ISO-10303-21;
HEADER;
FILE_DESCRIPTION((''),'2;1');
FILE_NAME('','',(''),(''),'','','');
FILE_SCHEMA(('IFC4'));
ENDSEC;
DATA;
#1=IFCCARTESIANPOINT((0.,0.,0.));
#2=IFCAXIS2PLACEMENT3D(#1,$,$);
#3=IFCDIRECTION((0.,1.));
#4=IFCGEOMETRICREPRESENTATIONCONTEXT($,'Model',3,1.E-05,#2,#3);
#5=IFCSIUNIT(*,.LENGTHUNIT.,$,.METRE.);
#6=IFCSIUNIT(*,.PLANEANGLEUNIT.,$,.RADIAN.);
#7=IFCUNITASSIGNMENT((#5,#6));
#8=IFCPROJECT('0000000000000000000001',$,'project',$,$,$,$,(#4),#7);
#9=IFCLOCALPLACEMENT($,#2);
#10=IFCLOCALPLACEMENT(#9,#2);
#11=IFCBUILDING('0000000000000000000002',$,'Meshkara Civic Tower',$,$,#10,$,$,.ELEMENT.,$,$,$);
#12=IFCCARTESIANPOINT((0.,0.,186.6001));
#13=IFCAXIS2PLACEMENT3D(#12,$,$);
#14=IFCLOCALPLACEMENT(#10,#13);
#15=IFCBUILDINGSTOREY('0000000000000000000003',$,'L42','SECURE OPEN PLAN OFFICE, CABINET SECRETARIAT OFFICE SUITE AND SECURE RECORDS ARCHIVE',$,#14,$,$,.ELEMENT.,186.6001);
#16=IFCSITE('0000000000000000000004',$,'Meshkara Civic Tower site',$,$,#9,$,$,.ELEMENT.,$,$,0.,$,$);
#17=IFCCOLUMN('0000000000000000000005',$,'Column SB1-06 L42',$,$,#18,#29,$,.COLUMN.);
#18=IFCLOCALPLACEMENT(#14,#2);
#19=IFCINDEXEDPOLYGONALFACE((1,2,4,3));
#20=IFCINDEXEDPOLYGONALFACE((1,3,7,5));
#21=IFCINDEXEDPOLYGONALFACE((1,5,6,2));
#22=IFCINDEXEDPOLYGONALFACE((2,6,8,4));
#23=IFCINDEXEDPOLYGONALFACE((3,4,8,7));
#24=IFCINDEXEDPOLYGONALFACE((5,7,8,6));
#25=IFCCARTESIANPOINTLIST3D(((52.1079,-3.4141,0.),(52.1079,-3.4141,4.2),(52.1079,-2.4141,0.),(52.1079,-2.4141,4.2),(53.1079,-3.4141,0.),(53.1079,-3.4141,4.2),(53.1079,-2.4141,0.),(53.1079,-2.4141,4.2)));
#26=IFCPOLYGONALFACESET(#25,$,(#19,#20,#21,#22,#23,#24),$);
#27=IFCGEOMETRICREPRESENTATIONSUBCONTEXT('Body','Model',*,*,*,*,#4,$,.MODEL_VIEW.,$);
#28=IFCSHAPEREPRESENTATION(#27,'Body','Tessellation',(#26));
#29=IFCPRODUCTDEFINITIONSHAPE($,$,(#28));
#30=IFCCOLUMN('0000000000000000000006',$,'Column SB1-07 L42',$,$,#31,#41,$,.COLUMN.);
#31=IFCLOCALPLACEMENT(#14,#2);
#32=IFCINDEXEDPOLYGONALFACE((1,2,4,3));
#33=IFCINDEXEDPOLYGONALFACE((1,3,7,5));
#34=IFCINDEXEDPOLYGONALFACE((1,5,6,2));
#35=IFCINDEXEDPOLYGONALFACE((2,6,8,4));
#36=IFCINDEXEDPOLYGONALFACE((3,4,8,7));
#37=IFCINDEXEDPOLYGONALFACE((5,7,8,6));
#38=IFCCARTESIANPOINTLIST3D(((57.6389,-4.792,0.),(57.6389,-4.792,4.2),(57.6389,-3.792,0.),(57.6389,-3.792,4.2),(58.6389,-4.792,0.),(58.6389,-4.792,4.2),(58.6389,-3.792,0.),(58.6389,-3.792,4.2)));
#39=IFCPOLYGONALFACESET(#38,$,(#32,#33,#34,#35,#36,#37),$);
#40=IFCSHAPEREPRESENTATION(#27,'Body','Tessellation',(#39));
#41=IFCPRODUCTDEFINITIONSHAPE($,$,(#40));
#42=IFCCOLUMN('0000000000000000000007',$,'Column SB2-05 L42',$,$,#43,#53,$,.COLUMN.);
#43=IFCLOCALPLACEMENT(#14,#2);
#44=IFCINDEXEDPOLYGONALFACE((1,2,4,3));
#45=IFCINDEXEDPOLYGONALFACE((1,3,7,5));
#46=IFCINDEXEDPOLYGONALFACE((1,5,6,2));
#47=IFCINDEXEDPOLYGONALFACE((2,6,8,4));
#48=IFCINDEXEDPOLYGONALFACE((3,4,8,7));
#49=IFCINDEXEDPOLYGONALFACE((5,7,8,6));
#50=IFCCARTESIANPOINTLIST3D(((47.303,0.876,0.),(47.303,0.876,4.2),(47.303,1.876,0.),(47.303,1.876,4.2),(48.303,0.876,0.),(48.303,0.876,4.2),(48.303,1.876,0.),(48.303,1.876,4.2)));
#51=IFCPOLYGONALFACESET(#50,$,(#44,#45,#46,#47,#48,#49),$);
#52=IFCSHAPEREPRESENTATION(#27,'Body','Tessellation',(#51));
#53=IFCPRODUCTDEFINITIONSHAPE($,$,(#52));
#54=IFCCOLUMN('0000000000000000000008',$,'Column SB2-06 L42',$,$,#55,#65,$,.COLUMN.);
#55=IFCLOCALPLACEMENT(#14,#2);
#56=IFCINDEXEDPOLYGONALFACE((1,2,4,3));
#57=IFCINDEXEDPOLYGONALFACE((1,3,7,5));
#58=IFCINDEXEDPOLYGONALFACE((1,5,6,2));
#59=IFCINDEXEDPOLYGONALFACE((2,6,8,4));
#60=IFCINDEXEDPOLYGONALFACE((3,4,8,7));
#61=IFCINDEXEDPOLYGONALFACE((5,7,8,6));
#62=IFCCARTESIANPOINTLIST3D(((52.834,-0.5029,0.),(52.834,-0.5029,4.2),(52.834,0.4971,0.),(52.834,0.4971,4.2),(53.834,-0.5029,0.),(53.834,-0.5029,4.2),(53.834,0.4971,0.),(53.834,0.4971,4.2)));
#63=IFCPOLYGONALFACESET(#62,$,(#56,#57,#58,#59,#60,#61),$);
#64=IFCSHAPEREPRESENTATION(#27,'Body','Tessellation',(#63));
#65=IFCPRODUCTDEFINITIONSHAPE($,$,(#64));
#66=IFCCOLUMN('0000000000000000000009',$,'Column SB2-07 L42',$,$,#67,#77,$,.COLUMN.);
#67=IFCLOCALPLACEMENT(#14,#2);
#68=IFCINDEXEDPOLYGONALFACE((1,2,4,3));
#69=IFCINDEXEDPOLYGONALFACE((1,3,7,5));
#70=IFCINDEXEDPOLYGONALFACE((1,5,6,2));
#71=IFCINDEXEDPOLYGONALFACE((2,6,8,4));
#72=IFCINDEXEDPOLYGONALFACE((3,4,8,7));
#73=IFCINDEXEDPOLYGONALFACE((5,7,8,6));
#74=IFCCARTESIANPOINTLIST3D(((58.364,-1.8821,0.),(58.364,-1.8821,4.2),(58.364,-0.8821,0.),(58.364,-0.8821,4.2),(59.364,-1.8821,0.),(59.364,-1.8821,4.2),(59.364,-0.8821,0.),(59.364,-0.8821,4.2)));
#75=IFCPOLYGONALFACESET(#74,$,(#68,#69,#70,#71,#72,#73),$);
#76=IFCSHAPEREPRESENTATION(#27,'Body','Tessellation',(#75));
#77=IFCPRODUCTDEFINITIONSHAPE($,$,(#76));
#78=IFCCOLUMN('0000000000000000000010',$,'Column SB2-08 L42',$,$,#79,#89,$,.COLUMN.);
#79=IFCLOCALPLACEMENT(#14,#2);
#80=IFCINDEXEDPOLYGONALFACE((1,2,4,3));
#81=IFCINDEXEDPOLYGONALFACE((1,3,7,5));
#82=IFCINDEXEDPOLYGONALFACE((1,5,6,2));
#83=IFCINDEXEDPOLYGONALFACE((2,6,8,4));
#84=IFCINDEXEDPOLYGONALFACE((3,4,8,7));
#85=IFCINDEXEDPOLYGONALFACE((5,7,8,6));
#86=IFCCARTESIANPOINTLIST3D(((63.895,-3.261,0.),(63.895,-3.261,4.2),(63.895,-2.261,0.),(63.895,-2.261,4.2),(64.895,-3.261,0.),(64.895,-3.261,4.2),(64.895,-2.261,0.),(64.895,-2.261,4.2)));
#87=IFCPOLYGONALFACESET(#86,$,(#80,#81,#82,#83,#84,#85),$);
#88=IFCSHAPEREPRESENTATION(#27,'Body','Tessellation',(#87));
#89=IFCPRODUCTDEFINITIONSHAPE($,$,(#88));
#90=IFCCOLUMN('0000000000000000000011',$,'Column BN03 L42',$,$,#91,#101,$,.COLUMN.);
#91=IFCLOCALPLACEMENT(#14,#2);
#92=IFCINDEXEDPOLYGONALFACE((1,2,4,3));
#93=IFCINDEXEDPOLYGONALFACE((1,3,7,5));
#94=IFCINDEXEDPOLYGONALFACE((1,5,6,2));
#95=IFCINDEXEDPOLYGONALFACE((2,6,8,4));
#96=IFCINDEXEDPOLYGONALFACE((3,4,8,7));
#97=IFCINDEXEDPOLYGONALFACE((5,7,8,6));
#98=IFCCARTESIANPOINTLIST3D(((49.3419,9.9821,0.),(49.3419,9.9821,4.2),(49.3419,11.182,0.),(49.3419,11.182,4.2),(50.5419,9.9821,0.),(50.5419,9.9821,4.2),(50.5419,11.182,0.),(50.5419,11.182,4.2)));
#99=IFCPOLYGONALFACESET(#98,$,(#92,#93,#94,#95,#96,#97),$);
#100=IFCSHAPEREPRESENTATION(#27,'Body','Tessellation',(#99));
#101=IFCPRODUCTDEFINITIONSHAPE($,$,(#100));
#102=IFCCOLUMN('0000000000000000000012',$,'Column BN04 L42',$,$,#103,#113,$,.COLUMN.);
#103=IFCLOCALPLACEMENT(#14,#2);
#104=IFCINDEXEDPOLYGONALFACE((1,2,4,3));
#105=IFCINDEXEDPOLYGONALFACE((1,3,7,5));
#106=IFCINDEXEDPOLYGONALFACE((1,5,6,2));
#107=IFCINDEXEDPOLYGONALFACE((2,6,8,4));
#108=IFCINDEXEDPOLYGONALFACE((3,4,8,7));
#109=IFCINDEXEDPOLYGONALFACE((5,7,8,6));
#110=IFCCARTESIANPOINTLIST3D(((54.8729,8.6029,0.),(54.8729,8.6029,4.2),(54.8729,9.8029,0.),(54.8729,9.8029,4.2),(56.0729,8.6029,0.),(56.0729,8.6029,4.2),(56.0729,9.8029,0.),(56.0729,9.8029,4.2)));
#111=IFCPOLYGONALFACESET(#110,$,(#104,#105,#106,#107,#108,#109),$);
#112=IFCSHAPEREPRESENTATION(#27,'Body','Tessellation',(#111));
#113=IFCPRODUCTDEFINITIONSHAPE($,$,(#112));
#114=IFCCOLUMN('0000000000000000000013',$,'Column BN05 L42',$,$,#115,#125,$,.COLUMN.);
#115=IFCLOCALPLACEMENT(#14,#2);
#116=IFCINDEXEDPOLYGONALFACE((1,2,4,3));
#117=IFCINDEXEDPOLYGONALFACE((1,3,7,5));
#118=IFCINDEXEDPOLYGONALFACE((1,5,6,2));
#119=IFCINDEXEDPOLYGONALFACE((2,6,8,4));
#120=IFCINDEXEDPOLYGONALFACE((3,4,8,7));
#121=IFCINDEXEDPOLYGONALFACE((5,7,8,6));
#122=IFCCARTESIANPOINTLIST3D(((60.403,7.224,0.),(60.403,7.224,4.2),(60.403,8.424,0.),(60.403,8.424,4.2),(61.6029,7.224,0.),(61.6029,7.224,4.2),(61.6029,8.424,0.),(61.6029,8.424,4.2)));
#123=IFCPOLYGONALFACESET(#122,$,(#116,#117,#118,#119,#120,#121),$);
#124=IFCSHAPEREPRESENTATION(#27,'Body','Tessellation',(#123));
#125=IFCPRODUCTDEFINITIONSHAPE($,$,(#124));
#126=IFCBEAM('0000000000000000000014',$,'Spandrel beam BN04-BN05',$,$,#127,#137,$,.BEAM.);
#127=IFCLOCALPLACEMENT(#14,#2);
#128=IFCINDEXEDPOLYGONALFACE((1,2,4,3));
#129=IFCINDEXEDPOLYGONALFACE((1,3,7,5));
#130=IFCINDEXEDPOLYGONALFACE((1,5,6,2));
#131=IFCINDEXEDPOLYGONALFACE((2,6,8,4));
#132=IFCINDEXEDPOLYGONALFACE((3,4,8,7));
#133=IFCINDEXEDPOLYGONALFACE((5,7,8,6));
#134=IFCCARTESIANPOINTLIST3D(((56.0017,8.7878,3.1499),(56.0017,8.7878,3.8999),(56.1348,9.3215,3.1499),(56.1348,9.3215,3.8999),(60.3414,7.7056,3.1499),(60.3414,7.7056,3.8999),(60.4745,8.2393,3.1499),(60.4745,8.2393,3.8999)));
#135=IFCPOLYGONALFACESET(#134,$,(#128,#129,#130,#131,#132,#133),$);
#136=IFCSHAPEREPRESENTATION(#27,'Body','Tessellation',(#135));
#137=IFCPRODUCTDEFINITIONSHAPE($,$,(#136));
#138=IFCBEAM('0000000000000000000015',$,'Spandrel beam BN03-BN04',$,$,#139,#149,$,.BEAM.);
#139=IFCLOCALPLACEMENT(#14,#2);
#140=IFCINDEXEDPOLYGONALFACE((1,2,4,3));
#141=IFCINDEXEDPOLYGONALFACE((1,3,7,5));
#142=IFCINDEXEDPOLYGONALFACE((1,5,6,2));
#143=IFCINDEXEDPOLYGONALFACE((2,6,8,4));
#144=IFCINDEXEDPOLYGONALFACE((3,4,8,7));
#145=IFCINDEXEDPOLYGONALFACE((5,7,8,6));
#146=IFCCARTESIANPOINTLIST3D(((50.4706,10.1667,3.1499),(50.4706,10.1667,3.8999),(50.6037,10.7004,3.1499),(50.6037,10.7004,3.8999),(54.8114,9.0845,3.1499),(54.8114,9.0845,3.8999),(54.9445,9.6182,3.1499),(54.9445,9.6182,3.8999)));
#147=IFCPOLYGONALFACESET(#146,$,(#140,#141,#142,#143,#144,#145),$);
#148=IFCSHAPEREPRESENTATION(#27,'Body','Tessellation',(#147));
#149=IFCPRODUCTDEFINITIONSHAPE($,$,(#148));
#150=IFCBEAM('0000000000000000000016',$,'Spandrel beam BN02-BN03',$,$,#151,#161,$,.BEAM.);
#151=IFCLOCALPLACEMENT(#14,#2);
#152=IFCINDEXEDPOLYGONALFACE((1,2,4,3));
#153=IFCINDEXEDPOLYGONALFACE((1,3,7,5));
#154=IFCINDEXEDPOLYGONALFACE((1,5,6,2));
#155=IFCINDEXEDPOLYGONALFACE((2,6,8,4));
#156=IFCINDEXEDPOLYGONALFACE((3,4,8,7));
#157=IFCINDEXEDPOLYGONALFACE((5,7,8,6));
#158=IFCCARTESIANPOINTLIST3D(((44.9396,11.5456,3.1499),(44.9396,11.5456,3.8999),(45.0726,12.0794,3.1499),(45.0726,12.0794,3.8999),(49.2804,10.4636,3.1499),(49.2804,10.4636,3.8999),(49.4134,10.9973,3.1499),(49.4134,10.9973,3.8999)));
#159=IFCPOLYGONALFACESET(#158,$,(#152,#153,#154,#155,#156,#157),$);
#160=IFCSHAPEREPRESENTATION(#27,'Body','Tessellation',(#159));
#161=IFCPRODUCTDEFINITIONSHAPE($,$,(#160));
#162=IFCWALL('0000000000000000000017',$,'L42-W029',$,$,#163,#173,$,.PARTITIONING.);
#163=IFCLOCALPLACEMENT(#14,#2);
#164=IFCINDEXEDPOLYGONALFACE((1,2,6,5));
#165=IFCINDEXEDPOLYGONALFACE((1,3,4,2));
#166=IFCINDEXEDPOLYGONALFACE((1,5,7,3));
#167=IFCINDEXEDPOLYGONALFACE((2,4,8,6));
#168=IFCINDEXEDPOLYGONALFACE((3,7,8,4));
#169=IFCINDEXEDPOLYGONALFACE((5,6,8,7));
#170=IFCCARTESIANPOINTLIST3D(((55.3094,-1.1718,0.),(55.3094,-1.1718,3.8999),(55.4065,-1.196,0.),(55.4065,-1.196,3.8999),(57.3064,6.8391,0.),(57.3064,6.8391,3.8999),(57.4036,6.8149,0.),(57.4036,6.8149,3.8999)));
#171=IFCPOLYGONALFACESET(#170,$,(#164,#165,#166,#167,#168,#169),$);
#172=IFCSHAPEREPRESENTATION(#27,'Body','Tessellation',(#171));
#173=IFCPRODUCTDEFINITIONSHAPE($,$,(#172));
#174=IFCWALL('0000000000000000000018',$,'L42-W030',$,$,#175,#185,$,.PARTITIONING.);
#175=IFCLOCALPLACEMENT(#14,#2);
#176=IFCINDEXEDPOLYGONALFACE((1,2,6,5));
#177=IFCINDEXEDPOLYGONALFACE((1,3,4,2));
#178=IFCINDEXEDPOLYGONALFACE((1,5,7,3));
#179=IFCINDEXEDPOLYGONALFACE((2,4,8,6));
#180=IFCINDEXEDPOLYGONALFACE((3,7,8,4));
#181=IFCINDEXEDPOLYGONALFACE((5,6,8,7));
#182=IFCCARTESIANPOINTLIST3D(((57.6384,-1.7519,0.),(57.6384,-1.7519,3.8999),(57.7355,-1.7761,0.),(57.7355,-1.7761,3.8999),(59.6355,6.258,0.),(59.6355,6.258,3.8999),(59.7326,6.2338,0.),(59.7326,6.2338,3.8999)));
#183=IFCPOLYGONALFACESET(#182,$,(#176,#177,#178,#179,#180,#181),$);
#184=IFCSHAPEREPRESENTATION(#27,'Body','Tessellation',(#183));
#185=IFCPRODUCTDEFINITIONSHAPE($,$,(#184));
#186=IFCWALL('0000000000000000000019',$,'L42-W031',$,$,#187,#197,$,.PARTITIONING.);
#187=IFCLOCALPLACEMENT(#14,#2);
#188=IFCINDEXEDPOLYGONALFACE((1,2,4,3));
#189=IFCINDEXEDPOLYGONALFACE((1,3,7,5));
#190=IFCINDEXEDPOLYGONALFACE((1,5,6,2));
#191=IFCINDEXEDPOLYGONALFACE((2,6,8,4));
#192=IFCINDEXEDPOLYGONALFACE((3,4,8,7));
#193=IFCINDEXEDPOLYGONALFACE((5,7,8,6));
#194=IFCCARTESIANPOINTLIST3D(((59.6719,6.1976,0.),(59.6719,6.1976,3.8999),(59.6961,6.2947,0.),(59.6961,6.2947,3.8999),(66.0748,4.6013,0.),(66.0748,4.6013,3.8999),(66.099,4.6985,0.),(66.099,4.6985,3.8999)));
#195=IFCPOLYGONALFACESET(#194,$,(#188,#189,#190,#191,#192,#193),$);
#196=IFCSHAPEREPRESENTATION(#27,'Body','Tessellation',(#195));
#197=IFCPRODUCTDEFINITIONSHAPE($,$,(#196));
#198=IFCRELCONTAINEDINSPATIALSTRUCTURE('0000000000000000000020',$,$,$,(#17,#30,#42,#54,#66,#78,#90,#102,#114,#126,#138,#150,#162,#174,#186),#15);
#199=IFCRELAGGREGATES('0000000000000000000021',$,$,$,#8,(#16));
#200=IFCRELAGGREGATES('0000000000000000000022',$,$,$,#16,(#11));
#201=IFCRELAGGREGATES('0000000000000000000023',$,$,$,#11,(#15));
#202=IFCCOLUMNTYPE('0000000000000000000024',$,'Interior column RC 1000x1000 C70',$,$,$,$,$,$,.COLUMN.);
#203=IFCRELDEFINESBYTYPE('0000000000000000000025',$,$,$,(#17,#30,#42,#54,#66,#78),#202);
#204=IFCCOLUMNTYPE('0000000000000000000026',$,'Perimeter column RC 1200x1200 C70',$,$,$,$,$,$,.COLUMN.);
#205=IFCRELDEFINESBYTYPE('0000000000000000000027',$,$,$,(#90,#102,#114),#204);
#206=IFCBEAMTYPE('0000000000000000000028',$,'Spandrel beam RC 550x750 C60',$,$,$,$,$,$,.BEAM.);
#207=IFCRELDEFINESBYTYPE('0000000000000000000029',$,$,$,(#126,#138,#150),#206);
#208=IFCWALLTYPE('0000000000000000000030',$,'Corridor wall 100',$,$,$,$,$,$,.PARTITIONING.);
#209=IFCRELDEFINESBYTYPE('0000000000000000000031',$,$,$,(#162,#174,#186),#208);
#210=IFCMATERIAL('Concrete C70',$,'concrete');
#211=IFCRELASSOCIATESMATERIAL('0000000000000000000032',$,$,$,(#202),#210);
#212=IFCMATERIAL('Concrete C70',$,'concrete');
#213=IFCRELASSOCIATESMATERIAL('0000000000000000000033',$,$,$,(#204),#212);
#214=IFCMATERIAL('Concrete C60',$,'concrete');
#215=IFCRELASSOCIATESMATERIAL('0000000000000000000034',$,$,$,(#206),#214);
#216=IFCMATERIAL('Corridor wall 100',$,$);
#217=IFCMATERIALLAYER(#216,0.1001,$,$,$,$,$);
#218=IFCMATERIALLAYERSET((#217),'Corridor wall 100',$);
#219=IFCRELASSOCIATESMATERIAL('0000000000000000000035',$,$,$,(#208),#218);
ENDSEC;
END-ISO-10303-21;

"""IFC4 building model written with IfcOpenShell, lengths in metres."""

from ifc_helpers import new_model, si_unit, direction, frame, frame_2d, origin, origin_2d, place, context, subcontext, project, spatial, rectangle, extrude, material, layer, layer_set, material_profile, profile_set, type_object, element, save


model = new_model("IFC4")

# Units and contexts
model_context = context("Model", 3, precision=1e-05, world=origin(), true_north=direction((0.0, 1.0)))
body_context = subcontext(model_context, "Body", "Model", "MODEL_VIEW")
ifc_project = project(units=[si_unit("LENGTHUNIT", "METRE"), si_unit("PLANEANGLEUNIT", "RADIAN")], contexts=[model_context])

# Site, building, storey
site_placement = place(None, origin())
site = spatial("IfcSite", under=ifc_project, at=site_placement, Name="Meshkara Civic Tower site", CompositionType="ELEMENT", RefElevation=0.0)
building_placement = place(site_placement, origin())
building = spatial("IfcBuilding", under=site, at=building_placement, Name="Meshkara Civic Tower", CompositionType="ELEMENT")
storey_placement = place(building_placement, frame((0.0, 0.0, 186.6001)))
storey = spatial("IfcBuildingStorey", under=building, at=storey_placement, Name="L42", Description="SECURE OPEN PLAN OFFICE, CABINET SECRETARIAT OFFICE SUITE AND SECURE RECORDS ARCHIVE", CompositionType="ELEMENT", Elevation=186.6001)

# Columns
ifc_material_1 = material(Name="Concrete C70", Category="concrete")
ifc_material_profile_1 = material_profile(ifc_material_1, rectangle(XDim=1.0, YDim=1.0, at=origin_2d()))
ifc_profile_set_1 = profile_set([ifc_material_profile_1], Name="Concrete C70")
column_type_1 = type_object("IfcColumnType", Name="Interior column RC 1000x1000 C70", PredefinedType="COLUMN", material=ifc_profile_set_1)
for number, where, z_axis, x_axis, name in (
    (1, (52.6079, -2.9141, 0.0), (0.0, 0.0, 1.0), (1.0, 0.0, 0.0), "Column SB1-06 L42"),
    (2, (58.1389, -4.292, 0.0), (0.0, 0.0, 1.0), (1.0, 0.0, 0.0), "Column SB1-07 L42"),
    (3, (47.803, 1.376, 0.0), (0.0, 0.0, 1.0), (1.0, 0.0, 0.0), "Column SB2-05 L42"),
    (4, (53.334, -0.0029, 0.0), (0.0, 0.0, 1.0), (1.0, 0.0, 0.0), "Column SB2-06 L42"),
    (5, (58.864, -1.3821, 0.0), (0.0, 0.0, 1.0), (1.0, 0.0, 0.0), "Column SB2-07 L42"),
    (6, (64.395, -2.761, 0.0), (0.0, 0.0, 1.0), (1.0, 0.0, 0.0), "Column SB2-08 L42"),
):
    element("IfcColumn", number, at=place(storey_placement, frame(where, z_axis=z_axis, x_axis=x_axis)), inside=storey, type_object=column_type_1, Name=name, PredefinedType="COLUMN", context=body_context, shape_type="SweptSolid", body=[
        extrude(rectangle(XDim=1.0, YDim=1.0, at=origin_2d()), origin(), (0.0, 0.0, 1.0), 4.2),
    ])
ifc_material_2 = material(Name="Concrete C70", Category="concrete")
ifc_material_profile_2 = material_profile(ifc_material_2, rectangle(XDim=1.2, YDim=1.2, at=origin_2d()))
ifc_profile_set_2 = profile_set([ifc_material_profile_2], Name="Concrete C70")
column_type_2 = type_object("IfcColumnType", Name="Perimeter column RC 1200x1200 C70", PredefinedType="COLUMN", material=ifc_profile_set_2)
for number, where, z_axis, x_axis, name in (
    (7, (49.9419, 10.582, 0.0), (0.0, 0.0, 1.0), (1.0, 0.0, 0.0), "Column BN03 L42"),
    (8, (55.4729, 9.2029, 0.0), (0.0, 0.0, 1.0), (1.0, 0.0, 0.0), "Column BN04 L42"),
    (9, (61.0029, 7.824, 0.0), (0.0, 0.0, 1.0), (1.0, 0.0, 0.0), "Column BN05 L42"),
):
    element("IfcColumn", number, at=place(storey_placement, frame(where, z_axis=z_axis, x_axis=x_axis)), inside=storey, type_object=column_type_2, Name=name, PredefinedType="COLUMN", context=body_context, shape_type="SweptSolid", body=[
        extrude(rectangle(XDim=1.2, YDim=1.2, at=origin_2d()), origin(), (0.0, 0.0, 1.0), 4.2),
    ])

# Beams
ifc_material_3 = material(Name="Concrete C60", Category="concrete")
ifc_material_profile_3 = material_profile(ifc_material_3, rectangle(XDim=0.55, YDim=0.75, at=origin_2d()))
ifc_profile_set_3 = profile_set([ifc_material_profile_3], Name="Concrete C60")
beam_type = type_object("IfcBeamType", Name="Spandrel beam RC 550x750 C60", PredefinedType="BEAM", material=ifc_profile_set_3)
beam_placement = place(storey_placement, frame((60.408, 7.9724, 3.5249), z_axis=(-0.970284, 0.24197, 0.0), x_axis=(-0.24197, -0.970284, 0.0)))
element("IfcBeam", 10, at=beam_placement, inside=storey, type_object=beam_type, Name="Spandrel beam BN04-BN05", PredefinedType="BEAM", context=body_context, shape_type="SweptSolid", body=[
    extrude(rectangle(XDim=0.55, YDim=0.75, at=origin_2d()), origin(), (0.0, 0.0, 1.0), 4.4727),
])
for number, where, z_axis, x_axis, name in (
    (11, (54.8779, 9.3513, 3.5249), (-0.970296, 0.241919, 0.0), (-0.241919, -0.970296, 0.0), "Spandrel beam BN03-BN04"),
    (12, (49.3469, 10.7305, 3.5249), (-0.970309, 0.241868, 0.0), (-0.241868, -0.970309, 0.0), "Spandrel beam BN02-BN03"),
):
    element("IfcBeam", number, at=place(storey_placement, frame(where, z_axis=z_axis, x_axis=x_axis)), inside=storey, type_object=beam_type, Name=name, PredefinedType="BEAM", context=body_context, shape_type="SweptSolid", body=[
        extrude(rectangle(XDim=0.55, YDim=0.75, at=origin_2d()), origin(), (0.0, 0.0, 1.0), 4.4736),
    ])

# Walls
ifc_material_4 = material(Name="Corridor wall 100")
ifc_layer_1 = layer(ifc_material_4, 0.1001)
ifc_layer_set_1 = layer_set([ifc_layer_1], Name="Corridor wall 100")
wall_type_1 = type_object("IfcWallType", Name="Corridor wall 100", PredefinedType="PARTITIONING", material=ifc_layer_set_1)
wall_1_placement = place(storey_placement, frame((57.355, 6.8269, 0.0), z_axis=(0.0, 0.0, 1.0), x_axis=(-0.241888, -0.970304, 0.0)))
element("IfcWall", 13, at=wall_1_placement, inside=storey, type_object=wall_type_1, Name="L42-W029", PredefinedType="PARTITIONING", context=body_context, shape_type="SweptSolid", body=[
    extrude(rectangle(XDim=8.2561, YDim=0.1001, at=frame_2d((4.1279, 0.0))), origin(), (0.0, 0.0, 1.0), 3.8999),
])
wall_2_placement = place(storey_placement, frame((57.687, -1.7639, 0.0), z_axis=(0.0, 0.0, 1.0), x_axis=(0.241916, 0.970297, 0.0)))
element("IfcWall", 14, at=wall_2_placement, inside=storey, type_object=wall_type_1, Name="L42-W030", PredefinedType="PARTITIONING", context=body_context, shape_type="SweptSolid", body=[
    extrude(rectangle(XDim=8.2551, YDim=0.1001, at=frame_2d((4.1274, 0.0))), origin(), (0.0, 0.0, 1.0), 3.8999),
])
wall_3_placement = place(storey_placement, frame((59.6841, 6.2461, 0.0), z_axis=(0.0, 0.0, 1.0), x_axis=(0.970303, -0.241891, 0.0)))
element("IfcWall", 15, at=wall_3_placement, inside=storey, type_object=wall_type_1, Name="L42-W031", PredefinedType="PARTITIONING", context=body_context, shape_type="SweptSolid", body=[
    extrude(rectangle(XDim=6.5989, YDim=0.1001, at=frame_2d((3.2993, 0.0))), origin(), (0.0, 0.0, 1.0), 3.8999),
])

save(model, "model.ifc")
